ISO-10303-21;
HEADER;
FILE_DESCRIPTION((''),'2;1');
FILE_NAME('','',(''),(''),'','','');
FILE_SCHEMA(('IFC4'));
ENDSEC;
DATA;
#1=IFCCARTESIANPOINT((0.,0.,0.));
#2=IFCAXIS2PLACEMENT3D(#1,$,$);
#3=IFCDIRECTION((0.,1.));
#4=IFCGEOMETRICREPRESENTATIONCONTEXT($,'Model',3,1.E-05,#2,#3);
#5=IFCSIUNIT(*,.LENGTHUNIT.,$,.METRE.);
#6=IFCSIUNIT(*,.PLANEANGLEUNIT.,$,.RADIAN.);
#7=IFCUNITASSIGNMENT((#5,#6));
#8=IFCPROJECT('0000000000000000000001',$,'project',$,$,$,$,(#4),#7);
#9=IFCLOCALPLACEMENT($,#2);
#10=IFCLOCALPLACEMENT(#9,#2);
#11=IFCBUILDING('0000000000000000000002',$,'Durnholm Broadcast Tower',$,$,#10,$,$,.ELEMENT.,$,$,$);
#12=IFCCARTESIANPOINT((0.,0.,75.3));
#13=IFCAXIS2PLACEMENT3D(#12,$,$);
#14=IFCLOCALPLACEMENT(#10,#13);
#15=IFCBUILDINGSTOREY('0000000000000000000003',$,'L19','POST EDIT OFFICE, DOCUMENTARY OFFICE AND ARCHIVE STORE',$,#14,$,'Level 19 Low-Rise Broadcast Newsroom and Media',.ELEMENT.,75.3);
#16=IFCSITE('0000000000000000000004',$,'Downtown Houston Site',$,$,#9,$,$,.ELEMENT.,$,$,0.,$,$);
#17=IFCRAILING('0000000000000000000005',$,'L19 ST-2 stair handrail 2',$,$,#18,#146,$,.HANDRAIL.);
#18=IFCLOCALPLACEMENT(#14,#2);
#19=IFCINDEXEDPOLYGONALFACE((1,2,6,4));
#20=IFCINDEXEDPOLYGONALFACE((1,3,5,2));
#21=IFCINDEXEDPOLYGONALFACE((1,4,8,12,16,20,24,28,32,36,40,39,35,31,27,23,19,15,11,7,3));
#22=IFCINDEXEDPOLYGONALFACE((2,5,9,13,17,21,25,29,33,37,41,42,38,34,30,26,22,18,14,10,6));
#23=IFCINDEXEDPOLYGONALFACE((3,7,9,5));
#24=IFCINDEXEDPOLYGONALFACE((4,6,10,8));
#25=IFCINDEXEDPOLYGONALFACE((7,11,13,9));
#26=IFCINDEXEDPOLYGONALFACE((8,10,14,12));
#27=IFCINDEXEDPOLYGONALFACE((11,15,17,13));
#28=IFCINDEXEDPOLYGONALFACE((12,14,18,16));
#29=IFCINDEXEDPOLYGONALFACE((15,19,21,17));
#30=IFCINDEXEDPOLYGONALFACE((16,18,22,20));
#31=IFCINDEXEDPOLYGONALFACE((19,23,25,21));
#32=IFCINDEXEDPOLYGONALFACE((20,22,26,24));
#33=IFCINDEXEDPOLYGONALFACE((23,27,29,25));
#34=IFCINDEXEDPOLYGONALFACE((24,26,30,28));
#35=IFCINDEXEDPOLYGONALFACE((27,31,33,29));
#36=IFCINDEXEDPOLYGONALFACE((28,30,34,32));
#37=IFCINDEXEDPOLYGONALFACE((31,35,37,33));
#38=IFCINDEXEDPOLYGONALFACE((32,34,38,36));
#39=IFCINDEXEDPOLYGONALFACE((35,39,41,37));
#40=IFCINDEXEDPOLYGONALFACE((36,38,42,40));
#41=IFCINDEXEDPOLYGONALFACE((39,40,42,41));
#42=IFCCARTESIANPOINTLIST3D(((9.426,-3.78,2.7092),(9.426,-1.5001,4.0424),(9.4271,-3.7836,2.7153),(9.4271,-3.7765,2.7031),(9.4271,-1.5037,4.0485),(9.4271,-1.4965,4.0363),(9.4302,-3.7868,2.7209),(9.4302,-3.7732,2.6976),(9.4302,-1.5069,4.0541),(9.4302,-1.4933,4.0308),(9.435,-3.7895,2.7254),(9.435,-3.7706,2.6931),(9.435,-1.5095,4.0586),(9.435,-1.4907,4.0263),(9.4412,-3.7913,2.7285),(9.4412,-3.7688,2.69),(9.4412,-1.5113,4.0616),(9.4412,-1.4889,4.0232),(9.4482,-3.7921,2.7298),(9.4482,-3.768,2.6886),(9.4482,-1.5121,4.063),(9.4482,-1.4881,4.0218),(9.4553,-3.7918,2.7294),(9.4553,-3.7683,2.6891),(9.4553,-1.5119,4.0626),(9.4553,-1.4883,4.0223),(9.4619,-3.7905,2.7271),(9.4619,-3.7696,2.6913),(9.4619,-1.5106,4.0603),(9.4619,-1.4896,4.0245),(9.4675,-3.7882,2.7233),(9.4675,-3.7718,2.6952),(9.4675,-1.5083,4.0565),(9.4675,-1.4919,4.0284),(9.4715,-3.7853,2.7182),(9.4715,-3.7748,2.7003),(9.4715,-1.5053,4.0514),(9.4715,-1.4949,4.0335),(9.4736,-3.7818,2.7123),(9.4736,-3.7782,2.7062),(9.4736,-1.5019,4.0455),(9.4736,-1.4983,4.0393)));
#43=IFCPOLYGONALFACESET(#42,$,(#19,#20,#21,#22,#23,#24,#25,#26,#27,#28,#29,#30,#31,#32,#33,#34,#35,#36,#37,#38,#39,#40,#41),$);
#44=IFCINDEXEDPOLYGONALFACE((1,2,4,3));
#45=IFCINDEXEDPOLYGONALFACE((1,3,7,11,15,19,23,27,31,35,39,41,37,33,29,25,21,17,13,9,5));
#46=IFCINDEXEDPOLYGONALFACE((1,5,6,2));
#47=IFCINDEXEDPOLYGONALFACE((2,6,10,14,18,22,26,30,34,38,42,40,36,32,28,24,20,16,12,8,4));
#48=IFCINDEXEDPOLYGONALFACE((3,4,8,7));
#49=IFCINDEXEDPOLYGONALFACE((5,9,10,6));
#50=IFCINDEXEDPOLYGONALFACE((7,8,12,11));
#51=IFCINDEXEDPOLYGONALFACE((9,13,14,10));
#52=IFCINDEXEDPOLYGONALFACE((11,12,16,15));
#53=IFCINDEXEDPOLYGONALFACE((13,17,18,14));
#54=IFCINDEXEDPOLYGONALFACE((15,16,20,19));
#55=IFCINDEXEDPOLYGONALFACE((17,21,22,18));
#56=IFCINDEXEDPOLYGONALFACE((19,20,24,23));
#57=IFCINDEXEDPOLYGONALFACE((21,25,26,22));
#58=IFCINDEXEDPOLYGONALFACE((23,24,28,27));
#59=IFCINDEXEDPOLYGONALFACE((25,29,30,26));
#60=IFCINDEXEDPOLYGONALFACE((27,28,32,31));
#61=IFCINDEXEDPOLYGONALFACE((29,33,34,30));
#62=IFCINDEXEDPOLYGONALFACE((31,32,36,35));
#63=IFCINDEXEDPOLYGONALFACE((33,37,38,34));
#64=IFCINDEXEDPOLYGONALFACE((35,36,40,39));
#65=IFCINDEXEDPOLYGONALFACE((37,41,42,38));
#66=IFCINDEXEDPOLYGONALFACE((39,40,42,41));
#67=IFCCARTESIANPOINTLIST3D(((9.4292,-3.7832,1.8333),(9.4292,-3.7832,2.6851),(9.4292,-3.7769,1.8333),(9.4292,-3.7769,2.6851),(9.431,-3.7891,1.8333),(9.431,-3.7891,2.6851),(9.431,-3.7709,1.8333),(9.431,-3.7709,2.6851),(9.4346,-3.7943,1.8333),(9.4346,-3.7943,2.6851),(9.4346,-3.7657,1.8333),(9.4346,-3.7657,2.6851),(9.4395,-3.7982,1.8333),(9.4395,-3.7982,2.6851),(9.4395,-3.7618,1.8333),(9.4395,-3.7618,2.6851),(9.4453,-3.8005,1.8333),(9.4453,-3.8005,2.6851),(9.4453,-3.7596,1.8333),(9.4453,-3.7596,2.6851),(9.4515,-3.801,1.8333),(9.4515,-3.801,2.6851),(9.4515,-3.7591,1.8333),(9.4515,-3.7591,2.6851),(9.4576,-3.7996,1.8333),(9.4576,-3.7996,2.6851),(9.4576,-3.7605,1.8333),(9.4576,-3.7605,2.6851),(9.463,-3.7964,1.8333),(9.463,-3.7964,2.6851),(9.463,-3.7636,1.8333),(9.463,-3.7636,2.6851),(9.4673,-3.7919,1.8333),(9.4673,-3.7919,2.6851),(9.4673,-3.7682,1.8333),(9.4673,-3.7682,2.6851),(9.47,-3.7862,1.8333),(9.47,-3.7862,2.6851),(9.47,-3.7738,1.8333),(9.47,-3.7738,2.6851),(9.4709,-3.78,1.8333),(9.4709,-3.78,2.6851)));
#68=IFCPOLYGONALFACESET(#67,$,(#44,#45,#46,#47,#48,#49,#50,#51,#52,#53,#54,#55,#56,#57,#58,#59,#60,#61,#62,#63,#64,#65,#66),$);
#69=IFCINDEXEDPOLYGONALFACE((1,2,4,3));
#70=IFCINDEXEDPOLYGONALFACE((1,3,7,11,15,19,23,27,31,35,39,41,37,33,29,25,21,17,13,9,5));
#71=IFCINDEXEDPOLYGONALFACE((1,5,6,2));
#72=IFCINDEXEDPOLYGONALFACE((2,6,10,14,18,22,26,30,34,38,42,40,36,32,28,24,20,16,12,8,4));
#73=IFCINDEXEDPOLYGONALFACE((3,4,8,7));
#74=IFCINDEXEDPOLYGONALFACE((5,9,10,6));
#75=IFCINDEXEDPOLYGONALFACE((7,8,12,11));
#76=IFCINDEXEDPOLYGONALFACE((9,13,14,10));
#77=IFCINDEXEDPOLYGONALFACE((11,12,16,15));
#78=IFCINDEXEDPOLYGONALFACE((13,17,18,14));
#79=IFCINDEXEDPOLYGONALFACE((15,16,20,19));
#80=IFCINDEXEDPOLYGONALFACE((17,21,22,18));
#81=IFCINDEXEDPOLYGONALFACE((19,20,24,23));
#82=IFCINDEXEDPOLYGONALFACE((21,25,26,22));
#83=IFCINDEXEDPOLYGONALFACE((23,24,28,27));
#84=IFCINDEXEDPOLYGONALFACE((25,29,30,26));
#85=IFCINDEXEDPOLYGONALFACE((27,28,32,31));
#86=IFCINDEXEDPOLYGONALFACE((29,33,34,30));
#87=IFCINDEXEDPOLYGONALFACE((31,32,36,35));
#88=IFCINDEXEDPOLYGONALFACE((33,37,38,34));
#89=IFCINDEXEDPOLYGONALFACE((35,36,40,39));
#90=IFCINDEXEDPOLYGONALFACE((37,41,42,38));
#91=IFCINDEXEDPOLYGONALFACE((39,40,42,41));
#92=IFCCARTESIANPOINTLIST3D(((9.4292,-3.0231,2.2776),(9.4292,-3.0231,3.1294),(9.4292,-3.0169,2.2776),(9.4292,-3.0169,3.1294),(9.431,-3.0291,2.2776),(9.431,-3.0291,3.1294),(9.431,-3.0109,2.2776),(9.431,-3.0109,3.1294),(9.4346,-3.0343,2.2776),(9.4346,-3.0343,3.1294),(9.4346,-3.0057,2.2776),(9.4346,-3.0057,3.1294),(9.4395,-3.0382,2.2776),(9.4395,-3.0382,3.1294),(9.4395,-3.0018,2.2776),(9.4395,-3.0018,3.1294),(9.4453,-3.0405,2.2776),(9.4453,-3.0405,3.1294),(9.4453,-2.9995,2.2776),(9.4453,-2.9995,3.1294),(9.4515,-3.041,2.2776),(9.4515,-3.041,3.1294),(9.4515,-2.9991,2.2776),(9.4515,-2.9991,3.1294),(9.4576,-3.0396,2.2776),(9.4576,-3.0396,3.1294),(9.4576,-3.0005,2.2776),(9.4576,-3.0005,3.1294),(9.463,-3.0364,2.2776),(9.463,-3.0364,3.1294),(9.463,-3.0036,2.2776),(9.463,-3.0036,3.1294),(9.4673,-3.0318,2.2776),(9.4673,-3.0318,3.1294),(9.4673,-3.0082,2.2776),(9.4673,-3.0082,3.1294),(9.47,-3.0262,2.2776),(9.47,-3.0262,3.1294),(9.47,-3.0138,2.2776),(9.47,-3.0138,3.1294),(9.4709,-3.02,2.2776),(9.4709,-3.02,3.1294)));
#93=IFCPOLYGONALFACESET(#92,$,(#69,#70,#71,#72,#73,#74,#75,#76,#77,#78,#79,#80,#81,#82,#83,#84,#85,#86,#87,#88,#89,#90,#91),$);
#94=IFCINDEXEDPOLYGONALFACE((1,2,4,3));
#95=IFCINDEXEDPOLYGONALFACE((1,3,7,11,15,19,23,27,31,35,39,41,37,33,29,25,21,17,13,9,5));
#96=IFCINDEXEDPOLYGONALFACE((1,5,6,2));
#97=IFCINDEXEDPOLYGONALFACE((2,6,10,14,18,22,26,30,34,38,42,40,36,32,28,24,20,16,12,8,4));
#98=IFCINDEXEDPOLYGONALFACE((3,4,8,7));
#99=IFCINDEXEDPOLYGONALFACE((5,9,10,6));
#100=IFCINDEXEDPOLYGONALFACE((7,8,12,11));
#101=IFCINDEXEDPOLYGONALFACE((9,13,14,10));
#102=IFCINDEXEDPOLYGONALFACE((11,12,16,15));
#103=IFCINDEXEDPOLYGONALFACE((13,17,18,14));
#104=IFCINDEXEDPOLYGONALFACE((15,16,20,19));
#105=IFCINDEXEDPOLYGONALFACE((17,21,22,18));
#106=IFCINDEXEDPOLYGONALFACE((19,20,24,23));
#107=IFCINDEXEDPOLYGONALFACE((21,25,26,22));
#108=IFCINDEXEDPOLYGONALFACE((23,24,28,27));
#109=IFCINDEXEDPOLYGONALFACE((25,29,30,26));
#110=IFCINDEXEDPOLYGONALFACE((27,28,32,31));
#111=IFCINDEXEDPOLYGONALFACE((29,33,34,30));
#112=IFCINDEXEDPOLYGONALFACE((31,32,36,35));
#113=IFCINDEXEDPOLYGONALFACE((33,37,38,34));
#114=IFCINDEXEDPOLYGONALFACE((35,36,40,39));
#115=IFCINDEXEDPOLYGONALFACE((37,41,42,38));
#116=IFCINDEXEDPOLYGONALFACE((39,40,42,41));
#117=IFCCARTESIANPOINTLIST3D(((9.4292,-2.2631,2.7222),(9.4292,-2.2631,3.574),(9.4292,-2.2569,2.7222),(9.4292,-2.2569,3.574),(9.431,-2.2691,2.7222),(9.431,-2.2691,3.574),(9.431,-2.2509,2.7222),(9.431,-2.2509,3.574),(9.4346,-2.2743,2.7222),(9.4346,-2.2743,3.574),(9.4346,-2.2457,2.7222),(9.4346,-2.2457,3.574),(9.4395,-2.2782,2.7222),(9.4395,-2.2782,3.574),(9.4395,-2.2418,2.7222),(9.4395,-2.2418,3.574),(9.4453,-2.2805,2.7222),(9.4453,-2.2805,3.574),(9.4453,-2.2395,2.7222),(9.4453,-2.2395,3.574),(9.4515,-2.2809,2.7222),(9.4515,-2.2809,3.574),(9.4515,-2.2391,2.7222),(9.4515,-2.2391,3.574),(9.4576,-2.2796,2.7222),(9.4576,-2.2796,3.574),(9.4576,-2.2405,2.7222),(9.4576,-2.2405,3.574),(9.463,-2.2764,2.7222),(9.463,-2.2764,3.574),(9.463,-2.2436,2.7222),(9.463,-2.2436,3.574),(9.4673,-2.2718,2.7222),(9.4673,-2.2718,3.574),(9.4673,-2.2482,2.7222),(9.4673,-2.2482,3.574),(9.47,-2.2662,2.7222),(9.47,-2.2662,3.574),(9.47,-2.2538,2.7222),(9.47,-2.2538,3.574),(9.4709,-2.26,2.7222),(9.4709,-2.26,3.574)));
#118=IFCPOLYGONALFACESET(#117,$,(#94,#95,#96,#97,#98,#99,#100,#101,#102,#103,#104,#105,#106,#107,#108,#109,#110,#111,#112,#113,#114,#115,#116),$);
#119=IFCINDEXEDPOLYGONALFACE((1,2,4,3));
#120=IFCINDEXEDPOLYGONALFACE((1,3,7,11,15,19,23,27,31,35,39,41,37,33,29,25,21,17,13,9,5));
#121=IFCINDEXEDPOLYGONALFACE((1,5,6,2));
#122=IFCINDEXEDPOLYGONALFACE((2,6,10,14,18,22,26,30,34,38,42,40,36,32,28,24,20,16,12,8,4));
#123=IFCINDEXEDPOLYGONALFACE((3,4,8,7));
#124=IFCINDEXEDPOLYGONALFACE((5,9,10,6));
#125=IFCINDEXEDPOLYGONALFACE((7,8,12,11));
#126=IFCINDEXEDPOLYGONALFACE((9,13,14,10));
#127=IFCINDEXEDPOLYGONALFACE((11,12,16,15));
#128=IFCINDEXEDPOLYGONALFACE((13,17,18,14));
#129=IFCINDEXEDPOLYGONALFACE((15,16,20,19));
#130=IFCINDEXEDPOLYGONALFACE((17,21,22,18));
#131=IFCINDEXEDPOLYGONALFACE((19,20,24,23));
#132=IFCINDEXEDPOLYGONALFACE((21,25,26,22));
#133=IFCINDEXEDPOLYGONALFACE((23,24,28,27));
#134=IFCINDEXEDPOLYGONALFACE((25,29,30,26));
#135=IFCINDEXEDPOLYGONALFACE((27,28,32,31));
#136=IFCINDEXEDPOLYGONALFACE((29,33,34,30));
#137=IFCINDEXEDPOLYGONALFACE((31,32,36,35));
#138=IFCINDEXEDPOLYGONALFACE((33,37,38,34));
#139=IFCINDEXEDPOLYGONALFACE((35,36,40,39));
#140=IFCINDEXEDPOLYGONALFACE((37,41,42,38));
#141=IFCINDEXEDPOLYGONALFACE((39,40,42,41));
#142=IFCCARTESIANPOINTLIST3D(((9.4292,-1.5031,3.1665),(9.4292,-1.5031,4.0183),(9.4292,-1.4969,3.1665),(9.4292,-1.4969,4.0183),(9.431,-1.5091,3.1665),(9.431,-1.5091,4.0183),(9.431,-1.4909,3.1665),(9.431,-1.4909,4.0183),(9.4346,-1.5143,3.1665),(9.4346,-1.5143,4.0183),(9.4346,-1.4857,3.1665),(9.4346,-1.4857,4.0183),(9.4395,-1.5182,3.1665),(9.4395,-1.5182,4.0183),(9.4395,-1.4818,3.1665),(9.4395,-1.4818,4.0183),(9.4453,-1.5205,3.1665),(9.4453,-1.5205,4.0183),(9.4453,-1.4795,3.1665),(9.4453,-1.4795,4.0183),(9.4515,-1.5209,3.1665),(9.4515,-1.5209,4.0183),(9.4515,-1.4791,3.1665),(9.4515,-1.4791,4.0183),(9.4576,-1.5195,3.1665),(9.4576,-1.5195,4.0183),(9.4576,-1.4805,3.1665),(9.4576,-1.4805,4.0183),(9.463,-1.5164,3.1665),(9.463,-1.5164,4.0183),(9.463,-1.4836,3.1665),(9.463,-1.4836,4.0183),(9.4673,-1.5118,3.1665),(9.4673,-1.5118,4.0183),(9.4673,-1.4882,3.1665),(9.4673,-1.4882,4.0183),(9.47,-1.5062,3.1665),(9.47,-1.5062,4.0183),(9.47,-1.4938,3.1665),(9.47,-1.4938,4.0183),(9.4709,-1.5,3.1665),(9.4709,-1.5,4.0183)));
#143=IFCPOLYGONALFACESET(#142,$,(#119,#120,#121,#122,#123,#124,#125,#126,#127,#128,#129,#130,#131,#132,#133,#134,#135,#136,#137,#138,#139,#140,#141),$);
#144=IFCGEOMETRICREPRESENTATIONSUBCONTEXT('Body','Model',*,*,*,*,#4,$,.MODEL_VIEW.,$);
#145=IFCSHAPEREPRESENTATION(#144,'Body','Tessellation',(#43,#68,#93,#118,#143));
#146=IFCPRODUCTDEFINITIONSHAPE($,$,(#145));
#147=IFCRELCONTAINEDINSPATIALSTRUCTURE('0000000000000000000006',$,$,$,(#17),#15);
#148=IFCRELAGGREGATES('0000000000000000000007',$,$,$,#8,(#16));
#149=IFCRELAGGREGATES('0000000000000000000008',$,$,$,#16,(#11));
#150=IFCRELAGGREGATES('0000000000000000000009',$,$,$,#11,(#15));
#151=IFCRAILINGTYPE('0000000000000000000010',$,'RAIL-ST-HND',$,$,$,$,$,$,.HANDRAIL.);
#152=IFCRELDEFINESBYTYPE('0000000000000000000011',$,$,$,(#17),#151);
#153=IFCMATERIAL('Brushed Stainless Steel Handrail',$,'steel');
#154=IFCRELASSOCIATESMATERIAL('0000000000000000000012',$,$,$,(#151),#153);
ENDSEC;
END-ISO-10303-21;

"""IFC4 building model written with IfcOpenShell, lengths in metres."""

from ifc_helpers import new_model, si_unit, direction, frame, origin, origin_2d, place, context, subcontext, project, spatial, circle, extrude, material, type_object, element, save


model = new_model("IFC4")

# Units and contexts
model_context = context("Model", 3, precision=1e-05, world=origin(), true_north=direction((0.0, 1.0)))
body_context = subcontext(model_context, "Body", "Model", "MODEL_VIEW")
ifc_project = project(units=[si_unit("LENGTHUNIT", "METRE"), si_unit("PLANEANGLEUNIT", "RADIAN")], contexts=[model_context])

# Site, building, storey
site_placement = place(None, origin())
site = spatial("IfcSite", under=ifc_project, at=site_placement, Name="Downtown Houston Site", CompositionType="ELEMENT", RefElevation=0.0)
building_placement = place(site_placement, origin())
building = spatial("IfcBuilding", under=site, at=building_placement, Name="Durnholm Broadcast Tower", CompositionType="ELEMENT")
storey_placement = place(building_placement, frame((0.0, 0.0, 75.3)))
storey = spatial("IfcBuildingStorey", under=building, at=storey_placement, Name="L19", Description="POST EDIT OFFICE, DOCUMENTARY OFFICE AND ARCHIVE STORE", LongName="Level 19 Low-Rise Broadcast Newsroom and Media", CompositionType="ELEMENT", Elevation=75.3)

# Railing
ifc_material_1 = material(Name="Brushed Stainless Steel Handrail", Category="steel")
railing_type_1 = type_object("IfcRailingType", Name="RAIL-ST-HND", PredefinedType="HANDRAIL", material=ifc_material_1)
railing_1_placement = place(storey_placement, frame((9.45, -3.78, 1.8333)))
element("IfcRailing", 1, at=railing_1_placement, inside=storey, type_object=railing_type_1, Name="L19 ST-2 stair handrail 2", PredefinedType="HANDRAIL", context=body_context, shape_type="SweptSolid", body=[
    extrude(circle(Radius=0.0239, at=origin_2d()), frame((0.0, 0.0, 0.876), z_axis=(0.0, 0.863245, 0.504785), x_axis=(-1.0, 0.0, 0.0)), (0.0, 0.0, 1.0), 2.6411),
    extrude(circle(Radius=0.021, at=origin_2d()), origin(), (0.0, 0.0, 1.0), 0.8518),
    extrude(circle(Radius=0.021, at=origin_2d()), frame((0.0, 0.76, 0.4443)), (0.0, 0.0, 1.0), 0.8518),
    extrude(circle(Radius=0.021, at=origin_2d()), frame((0.0, 1.52, 0.8889)), (0.0, 0.0, 1.0), 0.8518),
    extrude(circle(Radius=0.021, at=origin_2d()), frame((0.0, 2.28, 1.3333)), (0.0, 0.0, 1.0), 0.8518),
])

save(model, "model.ifc")
